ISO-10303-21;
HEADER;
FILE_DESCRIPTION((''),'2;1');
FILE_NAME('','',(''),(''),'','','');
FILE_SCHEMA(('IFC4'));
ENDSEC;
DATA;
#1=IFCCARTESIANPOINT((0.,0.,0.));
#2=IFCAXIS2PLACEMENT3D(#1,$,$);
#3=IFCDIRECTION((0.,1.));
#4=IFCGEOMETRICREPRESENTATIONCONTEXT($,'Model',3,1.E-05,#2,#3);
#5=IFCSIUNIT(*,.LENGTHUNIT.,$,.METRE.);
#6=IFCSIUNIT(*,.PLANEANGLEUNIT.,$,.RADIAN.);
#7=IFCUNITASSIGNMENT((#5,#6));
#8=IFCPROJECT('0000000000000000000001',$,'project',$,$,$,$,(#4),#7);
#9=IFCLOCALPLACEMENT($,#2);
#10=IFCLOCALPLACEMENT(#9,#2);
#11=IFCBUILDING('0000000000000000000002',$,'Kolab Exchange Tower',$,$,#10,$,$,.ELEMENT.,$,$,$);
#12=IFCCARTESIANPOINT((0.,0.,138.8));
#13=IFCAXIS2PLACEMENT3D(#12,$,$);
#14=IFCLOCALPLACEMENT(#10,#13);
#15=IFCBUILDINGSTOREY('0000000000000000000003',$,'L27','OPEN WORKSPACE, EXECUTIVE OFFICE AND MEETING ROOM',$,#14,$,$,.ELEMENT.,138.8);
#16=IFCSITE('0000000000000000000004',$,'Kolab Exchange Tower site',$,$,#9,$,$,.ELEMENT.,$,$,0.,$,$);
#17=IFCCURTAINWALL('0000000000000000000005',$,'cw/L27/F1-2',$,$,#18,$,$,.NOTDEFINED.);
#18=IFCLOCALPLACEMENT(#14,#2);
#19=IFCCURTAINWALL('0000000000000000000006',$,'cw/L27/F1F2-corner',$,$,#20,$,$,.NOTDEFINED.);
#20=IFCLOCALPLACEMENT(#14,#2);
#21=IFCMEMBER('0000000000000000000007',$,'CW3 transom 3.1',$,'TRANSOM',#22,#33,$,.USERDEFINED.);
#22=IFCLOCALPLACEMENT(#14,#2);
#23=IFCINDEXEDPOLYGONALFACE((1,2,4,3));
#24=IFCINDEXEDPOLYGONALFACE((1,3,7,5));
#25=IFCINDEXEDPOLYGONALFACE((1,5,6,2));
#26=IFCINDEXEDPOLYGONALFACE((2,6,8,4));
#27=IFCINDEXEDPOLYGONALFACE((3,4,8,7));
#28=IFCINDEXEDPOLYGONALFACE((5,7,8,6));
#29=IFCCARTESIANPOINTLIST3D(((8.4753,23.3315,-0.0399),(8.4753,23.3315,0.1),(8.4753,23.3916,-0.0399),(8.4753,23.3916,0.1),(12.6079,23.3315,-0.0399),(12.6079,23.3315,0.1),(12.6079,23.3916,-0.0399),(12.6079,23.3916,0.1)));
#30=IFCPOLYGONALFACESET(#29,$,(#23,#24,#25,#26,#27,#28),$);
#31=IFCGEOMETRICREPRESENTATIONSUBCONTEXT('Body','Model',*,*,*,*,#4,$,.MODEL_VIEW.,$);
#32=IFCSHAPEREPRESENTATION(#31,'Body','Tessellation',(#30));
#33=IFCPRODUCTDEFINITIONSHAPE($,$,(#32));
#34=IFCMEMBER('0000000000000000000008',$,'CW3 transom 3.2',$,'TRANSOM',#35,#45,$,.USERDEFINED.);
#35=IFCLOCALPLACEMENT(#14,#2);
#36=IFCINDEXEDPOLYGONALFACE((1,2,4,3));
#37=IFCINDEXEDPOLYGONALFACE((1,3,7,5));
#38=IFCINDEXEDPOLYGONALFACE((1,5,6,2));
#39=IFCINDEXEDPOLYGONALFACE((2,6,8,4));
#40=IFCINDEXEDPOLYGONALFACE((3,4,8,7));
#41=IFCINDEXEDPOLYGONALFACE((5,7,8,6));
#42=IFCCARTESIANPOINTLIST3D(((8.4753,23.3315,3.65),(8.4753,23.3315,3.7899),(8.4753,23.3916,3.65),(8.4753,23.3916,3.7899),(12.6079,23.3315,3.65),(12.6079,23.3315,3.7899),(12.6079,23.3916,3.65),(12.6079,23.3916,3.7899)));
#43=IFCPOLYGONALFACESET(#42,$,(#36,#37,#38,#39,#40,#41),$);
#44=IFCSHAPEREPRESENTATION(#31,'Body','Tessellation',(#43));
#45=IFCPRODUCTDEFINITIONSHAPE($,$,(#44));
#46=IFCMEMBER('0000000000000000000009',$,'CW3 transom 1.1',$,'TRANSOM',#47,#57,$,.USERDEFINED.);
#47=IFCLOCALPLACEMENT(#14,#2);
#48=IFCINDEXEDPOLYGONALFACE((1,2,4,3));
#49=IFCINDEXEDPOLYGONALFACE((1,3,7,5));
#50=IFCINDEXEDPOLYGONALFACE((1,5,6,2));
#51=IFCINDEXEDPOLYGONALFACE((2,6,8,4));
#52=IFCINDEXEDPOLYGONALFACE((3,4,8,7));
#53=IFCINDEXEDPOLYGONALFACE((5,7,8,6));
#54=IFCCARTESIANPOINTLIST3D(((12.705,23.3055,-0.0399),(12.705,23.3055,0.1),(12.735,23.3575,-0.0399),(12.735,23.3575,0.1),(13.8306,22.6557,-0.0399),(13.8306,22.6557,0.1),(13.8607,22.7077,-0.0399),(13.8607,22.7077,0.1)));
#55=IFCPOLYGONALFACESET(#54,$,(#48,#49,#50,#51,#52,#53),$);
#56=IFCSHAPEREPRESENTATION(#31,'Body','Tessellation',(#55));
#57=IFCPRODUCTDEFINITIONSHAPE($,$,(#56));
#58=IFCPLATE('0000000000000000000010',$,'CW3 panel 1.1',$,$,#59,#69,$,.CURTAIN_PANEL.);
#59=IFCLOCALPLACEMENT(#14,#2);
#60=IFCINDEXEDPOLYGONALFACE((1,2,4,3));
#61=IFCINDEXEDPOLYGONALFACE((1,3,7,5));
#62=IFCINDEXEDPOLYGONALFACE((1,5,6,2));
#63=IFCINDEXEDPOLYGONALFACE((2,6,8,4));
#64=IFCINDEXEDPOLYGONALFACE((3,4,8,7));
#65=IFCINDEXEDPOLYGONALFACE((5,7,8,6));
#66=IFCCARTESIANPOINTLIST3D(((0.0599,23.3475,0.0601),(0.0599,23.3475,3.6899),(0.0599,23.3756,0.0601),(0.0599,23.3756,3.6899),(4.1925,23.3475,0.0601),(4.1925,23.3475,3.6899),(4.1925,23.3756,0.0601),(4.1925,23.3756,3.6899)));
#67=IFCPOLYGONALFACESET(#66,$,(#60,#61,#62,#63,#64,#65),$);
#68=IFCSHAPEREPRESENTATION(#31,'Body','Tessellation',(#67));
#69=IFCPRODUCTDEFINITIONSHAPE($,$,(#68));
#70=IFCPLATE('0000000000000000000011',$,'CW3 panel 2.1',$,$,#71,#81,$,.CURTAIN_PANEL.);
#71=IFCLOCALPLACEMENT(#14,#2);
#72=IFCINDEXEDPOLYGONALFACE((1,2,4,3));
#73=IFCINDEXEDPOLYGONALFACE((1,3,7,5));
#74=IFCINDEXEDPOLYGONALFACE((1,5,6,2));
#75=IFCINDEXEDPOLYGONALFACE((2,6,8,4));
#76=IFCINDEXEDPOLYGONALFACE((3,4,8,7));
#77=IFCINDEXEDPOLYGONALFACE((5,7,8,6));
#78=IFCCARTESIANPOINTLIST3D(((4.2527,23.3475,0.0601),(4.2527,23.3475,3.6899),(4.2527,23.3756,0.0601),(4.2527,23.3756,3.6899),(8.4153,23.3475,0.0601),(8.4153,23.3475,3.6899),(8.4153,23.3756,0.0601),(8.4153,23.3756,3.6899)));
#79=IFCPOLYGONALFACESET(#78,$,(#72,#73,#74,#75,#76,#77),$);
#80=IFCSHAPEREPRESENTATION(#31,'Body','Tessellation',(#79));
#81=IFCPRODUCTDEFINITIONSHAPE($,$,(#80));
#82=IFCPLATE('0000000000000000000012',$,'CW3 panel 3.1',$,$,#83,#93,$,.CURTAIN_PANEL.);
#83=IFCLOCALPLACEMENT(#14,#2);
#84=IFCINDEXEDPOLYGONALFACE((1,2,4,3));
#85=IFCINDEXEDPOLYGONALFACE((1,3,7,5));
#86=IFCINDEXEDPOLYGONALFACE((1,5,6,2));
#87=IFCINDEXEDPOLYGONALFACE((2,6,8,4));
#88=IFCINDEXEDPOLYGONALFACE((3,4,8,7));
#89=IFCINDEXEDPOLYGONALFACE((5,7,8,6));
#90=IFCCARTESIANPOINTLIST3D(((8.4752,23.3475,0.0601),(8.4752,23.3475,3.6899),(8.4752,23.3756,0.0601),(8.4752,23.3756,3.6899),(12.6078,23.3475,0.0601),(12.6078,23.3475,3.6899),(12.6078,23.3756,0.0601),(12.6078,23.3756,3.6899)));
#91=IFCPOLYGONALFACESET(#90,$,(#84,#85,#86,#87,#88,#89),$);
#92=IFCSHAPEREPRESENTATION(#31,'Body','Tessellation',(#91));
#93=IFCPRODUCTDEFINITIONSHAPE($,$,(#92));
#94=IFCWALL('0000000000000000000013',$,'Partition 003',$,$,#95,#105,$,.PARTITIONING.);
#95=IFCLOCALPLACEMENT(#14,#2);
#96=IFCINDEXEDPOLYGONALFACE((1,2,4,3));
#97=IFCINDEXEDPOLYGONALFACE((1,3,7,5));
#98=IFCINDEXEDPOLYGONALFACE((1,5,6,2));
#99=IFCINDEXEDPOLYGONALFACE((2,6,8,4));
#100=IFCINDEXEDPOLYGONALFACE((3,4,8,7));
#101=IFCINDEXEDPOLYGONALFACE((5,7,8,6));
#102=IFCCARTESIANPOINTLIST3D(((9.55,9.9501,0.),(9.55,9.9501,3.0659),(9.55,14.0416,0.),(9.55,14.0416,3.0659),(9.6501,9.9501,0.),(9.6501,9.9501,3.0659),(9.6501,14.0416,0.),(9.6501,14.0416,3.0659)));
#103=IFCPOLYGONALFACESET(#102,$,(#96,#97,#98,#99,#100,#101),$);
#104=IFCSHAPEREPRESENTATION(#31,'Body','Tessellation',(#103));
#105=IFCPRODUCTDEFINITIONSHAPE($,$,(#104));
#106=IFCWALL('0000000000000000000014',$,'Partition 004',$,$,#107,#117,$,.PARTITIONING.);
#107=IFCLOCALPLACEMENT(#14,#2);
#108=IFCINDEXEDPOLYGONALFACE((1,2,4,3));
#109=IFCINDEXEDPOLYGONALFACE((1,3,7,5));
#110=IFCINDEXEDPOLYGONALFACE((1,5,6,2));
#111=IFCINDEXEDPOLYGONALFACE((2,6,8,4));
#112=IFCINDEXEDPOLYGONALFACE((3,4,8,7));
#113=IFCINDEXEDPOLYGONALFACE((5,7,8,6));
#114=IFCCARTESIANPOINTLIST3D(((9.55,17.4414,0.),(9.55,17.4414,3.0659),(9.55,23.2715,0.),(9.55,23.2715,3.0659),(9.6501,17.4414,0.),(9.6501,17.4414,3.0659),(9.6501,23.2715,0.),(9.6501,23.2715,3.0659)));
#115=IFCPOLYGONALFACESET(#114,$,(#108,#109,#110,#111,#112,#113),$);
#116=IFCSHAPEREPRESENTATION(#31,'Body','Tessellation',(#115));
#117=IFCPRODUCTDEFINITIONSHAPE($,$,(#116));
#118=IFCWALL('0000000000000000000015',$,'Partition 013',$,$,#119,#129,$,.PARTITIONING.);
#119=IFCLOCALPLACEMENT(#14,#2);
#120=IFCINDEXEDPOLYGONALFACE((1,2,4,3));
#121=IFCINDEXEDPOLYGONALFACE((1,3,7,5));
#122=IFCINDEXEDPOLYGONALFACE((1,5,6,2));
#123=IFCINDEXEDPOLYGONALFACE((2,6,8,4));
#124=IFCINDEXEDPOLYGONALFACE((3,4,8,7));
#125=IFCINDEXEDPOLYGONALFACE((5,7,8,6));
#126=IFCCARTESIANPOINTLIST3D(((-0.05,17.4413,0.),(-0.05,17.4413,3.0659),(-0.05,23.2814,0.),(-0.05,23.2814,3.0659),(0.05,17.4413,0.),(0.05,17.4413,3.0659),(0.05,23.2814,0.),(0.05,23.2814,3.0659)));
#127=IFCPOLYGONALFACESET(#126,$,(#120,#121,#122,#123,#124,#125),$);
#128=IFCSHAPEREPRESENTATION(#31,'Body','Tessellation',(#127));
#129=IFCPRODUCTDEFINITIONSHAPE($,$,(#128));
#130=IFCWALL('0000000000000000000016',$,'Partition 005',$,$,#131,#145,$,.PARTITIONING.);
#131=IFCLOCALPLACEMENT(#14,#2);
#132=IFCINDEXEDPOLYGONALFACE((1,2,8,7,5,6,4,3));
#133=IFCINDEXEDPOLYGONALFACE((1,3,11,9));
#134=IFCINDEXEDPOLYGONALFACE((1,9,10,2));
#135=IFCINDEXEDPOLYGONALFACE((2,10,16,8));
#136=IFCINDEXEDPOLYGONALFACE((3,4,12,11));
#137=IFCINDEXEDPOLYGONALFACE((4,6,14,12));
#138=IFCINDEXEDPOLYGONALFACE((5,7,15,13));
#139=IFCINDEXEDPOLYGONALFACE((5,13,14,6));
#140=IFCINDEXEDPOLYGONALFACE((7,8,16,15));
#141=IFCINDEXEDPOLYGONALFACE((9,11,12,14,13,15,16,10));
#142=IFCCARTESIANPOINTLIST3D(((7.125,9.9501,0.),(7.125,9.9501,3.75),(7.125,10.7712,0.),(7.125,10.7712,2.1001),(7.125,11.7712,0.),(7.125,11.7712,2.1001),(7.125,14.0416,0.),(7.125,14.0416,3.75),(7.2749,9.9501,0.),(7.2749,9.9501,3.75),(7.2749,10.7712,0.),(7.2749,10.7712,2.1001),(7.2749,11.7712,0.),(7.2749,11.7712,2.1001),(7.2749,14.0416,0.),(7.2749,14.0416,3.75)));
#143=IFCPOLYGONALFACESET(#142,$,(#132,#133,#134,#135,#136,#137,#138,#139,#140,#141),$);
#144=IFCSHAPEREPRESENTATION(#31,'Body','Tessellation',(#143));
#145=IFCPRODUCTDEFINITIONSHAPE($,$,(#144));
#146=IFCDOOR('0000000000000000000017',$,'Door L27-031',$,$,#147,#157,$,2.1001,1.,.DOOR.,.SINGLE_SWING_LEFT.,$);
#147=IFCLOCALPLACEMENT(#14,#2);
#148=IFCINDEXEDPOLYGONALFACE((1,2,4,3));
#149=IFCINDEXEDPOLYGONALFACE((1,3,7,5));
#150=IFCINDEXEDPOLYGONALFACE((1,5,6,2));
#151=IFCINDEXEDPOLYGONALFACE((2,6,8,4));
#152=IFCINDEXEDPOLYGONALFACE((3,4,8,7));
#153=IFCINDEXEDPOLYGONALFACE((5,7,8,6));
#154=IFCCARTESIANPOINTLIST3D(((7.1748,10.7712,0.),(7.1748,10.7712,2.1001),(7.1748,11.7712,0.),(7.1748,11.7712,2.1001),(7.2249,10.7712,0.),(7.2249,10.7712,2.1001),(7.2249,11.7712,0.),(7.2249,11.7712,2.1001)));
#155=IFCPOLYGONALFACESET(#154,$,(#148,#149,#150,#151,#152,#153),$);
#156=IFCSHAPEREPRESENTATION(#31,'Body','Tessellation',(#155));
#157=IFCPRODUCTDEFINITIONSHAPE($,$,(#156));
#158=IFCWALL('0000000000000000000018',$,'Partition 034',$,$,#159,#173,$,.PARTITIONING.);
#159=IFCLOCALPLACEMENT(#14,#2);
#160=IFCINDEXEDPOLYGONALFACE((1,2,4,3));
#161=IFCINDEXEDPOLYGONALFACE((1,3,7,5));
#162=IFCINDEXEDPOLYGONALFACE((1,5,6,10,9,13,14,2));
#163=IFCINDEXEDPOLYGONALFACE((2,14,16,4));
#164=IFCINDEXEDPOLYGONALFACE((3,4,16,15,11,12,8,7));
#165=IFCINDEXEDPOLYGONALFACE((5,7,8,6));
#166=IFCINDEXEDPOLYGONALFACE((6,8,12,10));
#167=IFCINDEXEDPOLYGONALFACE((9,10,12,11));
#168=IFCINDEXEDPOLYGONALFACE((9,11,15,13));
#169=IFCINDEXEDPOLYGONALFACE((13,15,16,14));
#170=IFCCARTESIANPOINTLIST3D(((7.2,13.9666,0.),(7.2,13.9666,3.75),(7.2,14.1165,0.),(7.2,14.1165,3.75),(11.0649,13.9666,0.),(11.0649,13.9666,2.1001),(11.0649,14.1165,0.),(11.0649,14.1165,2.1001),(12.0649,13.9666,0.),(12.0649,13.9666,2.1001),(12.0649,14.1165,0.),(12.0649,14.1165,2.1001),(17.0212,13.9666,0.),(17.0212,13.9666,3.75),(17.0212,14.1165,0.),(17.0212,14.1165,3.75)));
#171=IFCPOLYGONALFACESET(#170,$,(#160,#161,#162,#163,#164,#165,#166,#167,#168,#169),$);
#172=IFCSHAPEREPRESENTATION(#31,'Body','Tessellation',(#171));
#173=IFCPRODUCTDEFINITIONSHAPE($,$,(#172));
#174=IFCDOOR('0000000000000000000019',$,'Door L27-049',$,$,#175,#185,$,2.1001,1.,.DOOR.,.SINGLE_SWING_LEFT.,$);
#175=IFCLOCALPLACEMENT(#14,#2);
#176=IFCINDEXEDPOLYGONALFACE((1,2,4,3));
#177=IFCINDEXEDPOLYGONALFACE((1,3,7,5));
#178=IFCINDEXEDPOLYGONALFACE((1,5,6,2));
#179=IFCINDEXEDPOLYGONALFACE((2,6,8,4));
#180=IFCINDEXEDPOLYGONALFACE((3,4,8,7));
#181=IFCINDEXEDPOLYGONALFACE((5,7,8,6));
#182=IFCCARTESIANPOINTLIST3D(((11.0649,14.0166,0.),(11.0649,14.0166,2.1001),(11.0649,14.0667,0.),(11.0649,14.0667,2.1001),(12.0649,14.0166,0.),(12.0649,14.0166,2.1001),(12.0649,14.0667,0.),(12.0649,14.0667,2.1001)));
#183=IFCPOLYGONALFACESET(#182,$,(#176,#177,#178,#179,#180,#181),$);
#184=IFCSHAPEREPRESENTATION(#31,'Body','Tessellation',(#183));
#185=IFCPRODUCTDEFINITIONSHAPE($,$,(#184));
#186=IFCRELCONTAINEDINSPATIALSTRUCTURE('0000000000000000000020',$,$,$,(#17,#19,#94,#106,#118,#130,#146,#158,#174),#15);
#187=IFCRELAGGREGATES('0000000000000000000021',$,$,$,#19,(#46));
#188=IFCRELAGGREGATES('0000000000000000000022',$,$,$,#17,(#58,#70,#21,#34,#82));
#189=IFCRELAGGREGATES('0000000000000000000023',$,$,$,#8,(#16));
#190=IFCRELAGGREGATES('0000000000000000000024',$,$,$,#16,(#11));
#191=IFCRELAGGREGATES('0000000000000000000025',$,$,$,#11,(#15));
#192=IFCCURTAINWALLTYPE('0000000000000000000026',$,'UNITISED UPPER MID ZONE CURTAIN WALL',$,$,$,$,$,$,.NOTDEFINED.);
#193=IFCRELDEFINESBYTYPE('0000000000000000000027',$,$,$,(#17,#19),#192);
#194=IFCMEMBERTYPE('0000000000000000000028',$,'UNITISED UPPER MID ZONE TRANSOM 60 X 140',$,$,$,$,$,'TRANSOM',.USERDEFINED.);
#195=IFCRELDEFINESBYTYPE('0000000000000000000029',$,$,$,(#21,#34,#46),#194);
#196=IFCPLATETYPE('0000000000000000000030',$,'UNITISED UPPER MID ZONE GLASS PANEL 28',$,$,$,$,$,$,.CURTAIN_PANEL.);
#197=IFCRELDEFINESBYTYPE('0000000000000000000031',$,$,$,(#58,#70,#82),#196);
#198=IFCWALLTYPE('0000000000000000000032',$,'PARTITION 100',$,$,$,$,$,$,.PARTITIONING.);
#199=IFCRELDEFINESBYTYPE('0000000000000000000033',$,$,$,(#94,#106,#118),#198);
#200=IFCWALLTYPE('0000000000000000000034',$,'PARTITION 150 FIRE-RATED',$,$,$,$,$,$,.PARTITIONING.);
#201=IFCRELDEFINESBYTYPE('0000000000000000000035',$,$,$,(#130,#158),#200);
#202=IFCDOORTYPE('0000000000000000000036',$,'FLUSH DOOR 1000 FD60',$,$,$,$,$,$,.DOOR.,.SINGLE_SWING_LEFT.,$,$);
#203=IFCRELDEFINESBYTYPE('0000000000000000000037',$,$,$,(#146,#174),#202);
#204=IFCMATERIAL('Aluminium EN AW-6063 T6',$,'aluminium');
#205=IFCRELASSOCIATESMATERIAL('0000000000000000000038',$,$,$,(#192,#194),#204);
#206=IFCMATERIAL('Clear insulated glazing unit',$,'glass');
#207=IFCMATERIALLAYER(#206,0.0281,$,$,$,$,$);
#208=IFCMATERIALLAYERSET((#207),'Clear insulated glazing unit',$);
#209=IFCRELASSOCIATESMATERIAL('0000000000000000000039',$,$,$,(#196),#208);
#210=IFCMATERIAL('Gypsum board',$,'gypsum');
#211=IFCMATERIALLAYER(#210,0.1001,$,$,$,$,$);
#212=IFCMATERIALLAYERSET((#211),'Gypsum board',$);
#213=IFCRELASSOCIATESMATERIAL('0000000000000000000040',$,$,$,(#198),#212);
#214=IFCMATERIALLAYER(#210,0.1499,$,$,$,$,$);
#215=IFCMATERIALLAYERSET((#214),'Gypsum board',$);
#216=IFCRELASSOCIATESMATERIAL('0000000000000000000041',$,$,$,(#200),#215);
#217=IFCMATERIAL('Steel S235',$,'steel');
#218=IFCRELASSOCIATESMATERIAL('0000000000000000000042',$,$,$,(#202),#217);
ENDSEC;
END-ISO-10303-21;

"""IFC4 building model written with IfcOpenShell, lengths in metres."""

from ifc_helpers import new_model, si_unit, direction, frame, frame_2d, origin, origin_2d, place, context, subcontext, project, spatial, rectangle, extrude, material, layer, layer_set, material_profile, profile_set, type_object, element, fill, aggregate, save


model = new_model("IFC4")

# Units and contexts
model_context = context("Model", 3, precision=1e-05, world=origin(), true_north=direction((0.0, 1.0)))
body_context = subcontext(model_context, "Body", "Model", "MODEL_VIEW")
ifc_project = project(units=[si_unit("LENGTHUNIT", "METRE"), si_unit("PLANEANGLEUNIT", "RADIAN")], contexts=[model_context])

# Site, building, storey
site_placement = place(None, origin())
site = spatial("IfcSite", under=ifc_project, at=site_placement, Name="Kolab Exchange Tower site", CompositionType="ELEMENT", RefElevation=0.0)
building_placement = place(site_placement, origin())
building = spatial("IfcBuilding", under=site, at=building_placement, Name="Kolab Exchange Tower", CompositionType="ELEMENT")
storey_placement = place(building_placement, frame((0.0, 0.0, 138.8)))
storey = spatial("IfcBuildingStorey", under=building, at=storey_placement, Name="L27", Description="OPEN WORKSPACE, EXECUTIVE OFFICE AND MEETING ROOM", CompositionType="ELEMENT", Elevation=138.8)

# Curtain wall
ifc_material_1 = material(Name="Aluminium EN AW-6063 T6", Category="aluminium")
curtain_wall_type = type_object("IfcCurtainWallType", Name="UNITISED UPPER MID ZONE CURTAIN WALL", PredefinedType="NOTDEFINED", material=ifc_material_1)
curtain_wall_1_placement = place(storey_placement, origin())
curtain_wall_1 = element("IfcCurtainWall", 1, at=curtain_wall_1_placement, inside=storey, type_object=curtain_wall_type, Name="cw/L27/F1-2", PredefinedType="NOTDEFINED")

# Curtain wall
curtain_wall_2_placement = place(storey_placement, origin())
curtain_wall_2 = element("IfcCurtainWall", 2, at=curtain_wall_2_placement, inside=storey, type_object=curtain_wall_type, Name="cw/L27/F1F2-corner", PredefinedType="NOTDEFINED")

# Members
ifc_material_profile_1 = material_profile(ifc_material_1, rectangle(XDim=0.0601, YDim=0.1399, at=origin_2d()), Name="RECT 60X140")
ifc_profile_set_1 = profile_set([ifc_material_profile_1], Name="Aluminium EN AW-6063 T6")
member_type_1 = type_object("IfcMemberType", Name="UNITISED UPPER MID ZONE TRANSOM 60 X 140", ElementType="TRANSOM", PredefinedType="USERDEFINED", material=ifc_profile_set_1)
member_1_placement = place(storey_placement, frame((8.4753, 23.3616, 0.03), z_axis=(1.0, 0.0, 0.0), x_axis=(0.0, 1.0, 0.0)))
member_1 = element("IfcMember", 3, at=member_1_placement, type_object=member_type_1, Name="CW3 transom 3.1", ObjectType="TRANSOM", PredefinedType="USERDEFINED", context=body_context, shape_type="SweptSolid", body=[
    extrude(rectangle(XDim=0.0601, YDim=0.1399, at=origin_2d()), origin(), (0.0, 0.0, 1.0), 4.1326),
])
member_2_placement = place(storey_placement, frame((8.4753, 23.3616, 3.72), z_axis=(1.0, 0.0, 0.0), x_axis=(0.0, 1.0, 0.0)))
member_2 = element("IfcMember", 4, at=member_2_placement, type_object=member_type_1, Name="CW3 transom 3.2", ObjectType="TRANSOM", PredefinedType="USERDEFINED", context=body_context, shape_type="SweptSolid", body=[
    extrude(rectangle(XDim=0.0601, YDim=0.1399, at=origin_2d()), origin(), (0.0, 0.0, 1.0), 4.1326),
])
member_3_placement = place(storey_placement, frame((12.72, 23.3315, 0.03), z_axis=(0.866039, -0.499977, 0.0), x_axis=(0.499977, 0.866039, 0.0)))
member_3 = element("IfcMember", 5, at=member_3_placement, type_object=member_type_1, Name="CW3 transom 1.1", ObjectType="TRANSOM", PredefinedType="USERDEFINED", context=body_context, shape_type="SweptSolid", body=[
    extrude(rectangle(XDim=0.0601, YDim=0.1399, at=origin_2d()), origin(), (0.0, 0.0, 1.0), 1.2998),
])
aggregate(curtain_wall_2, [member_3])

# Plates
ifc_material_2 = material(Name="Clear insulated glazing unit", Category="glass")
ifc_layer_1 = layer(ifc_material_2, 0.0281)
ifc_layer_set_1 = layer_set([ifc_layer_1], Name="Clear insulated glazing unit")
plate_type = type_object("IfcPlateType", Name="UNITISED UPPER MID ZONE GLASS PANEL 28", PredefinedType="CURTAIN_PANEL", material=ifc_layer_set_1)
plate_1_placement = place(storey_placement, frame((2.1262, 23.3616, 0.0601), z_axis=(0.0, 0.0, 1.0), x_axis=(1.0, 0.0, 0.0)))
plate_1 = element("IfcPlate", 6, at=plate_1_placement, type_object=plate_type, Name="CW3 panel 1.1", PredefinedType="CURTAIN_PANEL", context=body_context, shape_type="SweptSolid", body=[
    extrude(rectangle(XDim=4.1326, YDim=0.0281, at=origin_2d()), origin(), (0.0, 0.0, 1.0), 3.6299),
])
plate_2_placement = place(storey_placement, frame((6.334, 23.3616, 0.0601), z_axis=(0.0, 0.0, 1.0), x_axis=(1.0, 0.0, 0.0)))
plate_2 = element("IfcPlate", 7, at=plate_2_placement, type_object=plate_type, Name="CW3 panel 2.1", PredefinedType="CURTAIN_PANEL", context=body_context, shape_type="SweptSolid", body=[
    extrude(rectangle(XDim=4.1626, YDim=0.0281, at=origin_2d()), origin(), (0.0, 0.0, 1.0), 3.6299),
])
plate_3_placement = place(storey_placement, frame((10.5415, 23.3616, 0.0601), z_axis=(0.0, 0.0, 1.0), x_axis=(1.0, 0.0, 0.0)))
plate_3 = element("IfcPlate", 8, at=plate_3_placement, type_object=plate_type, Name="CW3 panel 3.1", PredefinedType="CURTAIN_PANEL", context=body_context, shape_type="SweptSolid", body=[
    extrude(rectangle(XDim=4.1326, YDim=0.0281, at=origin_2d()), origin(), (0.0, 0.0, 1.0), 3.6299),
])
aggregate(curtain_wall_1, [plate_1, plate_2, member_1, member_2, plate_3])

# Walls
ifc_material_3 = material(Name="Gypsum board", Category="gypsum")
ifc_layer_2 = layer(ifc_material_3, 0.1001)
ifc_layer_set_2 = layer_set([ifc_layer_2], Name="Gypsum board")
wall_type_1 = type_object("IfcWallType", Name="PARTITION 100", PredefinedType="PARTITIONING", material=ifc_layer_set_2)
wall_1_placement = place(storey_placement, frame((9.6001, 9.95, 0.0), z_axis=(0.0, 0.0, 1.0), x_axis=(0.0, 1.0, 0.0)))
element("IfcWall", 9, at=wall_1_placement, inside=storey, type_object=wall_type_1, Name="Partition 003", PredefinedType="PARTITIONING", context=body_context, shape_type="SweptSolid", body=[
    extrude(rectangle(XDim=4.0916, YDim=0.1001, at=frame_2d((2.0459, 0.0))), origin(), (0.0, 0.0, 1.0), 3.0659),
])
wall_2_placement = place(storey_placement, frame((9.6001, 17.4414, 0.0), z_axis=(0.0, 0.0, 1.0), x_axis=(0.0, 1.0, 0.0)))
element("IfcWall", 10, at=wall_2_placement, inside=storey, type_object=wall_type_1, Name="Partition 004", PredefinedType="PARTITIONING", context=body_context, shape_type="SweptSolid", body=[
    extrude(rectangle(XDim=5.8301, YDim=0.1001, at=frame_2d((2.915, 0.0))), origin(), (0.0, 0.0, 1.0), 3.0659),
])
wall_3_placement = place(storey_placement, frame((0.0, 17.4414, 0.0), z_axis=(0.0, 0.0, 1.0), x_axis=(0.0, 1.0, 0.0)))
element("IfcWall", 11, at=wall_3_placement, inside=storey, type_object=wall_type_1, Name="Partition 013", PredefinedType="PARTITIONING", context=body_context, shape_type="SweptSolid", body=[
    extrude(rectangle(XDim=5.8401, YDim=0.1001, at=frame_2d((2.9199, 0.0))), origin(), (0.0, 0.0, 1.0), 3.0659),
])

# Walls, openings, doors
ifc_layer_3 = layer(ifc_material_3, 0.1499)
ifc_layer_set_3 = layer_set([ifc_layer_3], Name="Gypsum board")
wall_type_2 = type_object("IfcWallType", Name="PARTITION 150 FIRE-RATED", PredefinedType="PARTITIONING", material=ifc_layer_set_3)
wall_4_placement = place(storey_placement, frame((7.2, 9.95, 0.0), z_axis=(0.0, 0.0, 1.0), x_axis=(0.0, 1.0, 0.0)))
wall_4 = element("IfcWall", 12, at=wall_4_placement, inside=storey, type_object=wall_type_2, Name="Partition 005", PredefinedType="PARTITIONING", context=body_context, shape_type="SweptSolid", body=[
    extrude(rectangle(XDim=4.0916, YDim=0.1499, at=frame_2d((2.0459, 0.0))), origin(), (0.0, 0.0, 1.0), 3.75),
])
opening_1_placement = place(wall_4_placement, frame((0.8213, 0.0, 0.0)))
opening_1 = element("IfcOpeningElement", 13, at=opening_1_placement, cuts=wall_4, PredefinedType="OPENING", context=body_context, shape_type="SweptSolid", body=[
    extrude(rectangle(XDim=1.0, YDim=2.1001, at=frame_2d((0.5, 1.05))), frame((0.0, 0.085, 0.0), z_axis=(0.0, -1.0, 0.0), x_axis=(1.0, 0.0, 0.0)), (0.0, 0.0, 1.0), 0.1699),
])
ifc_material_4 = material(Name="Steel S235", Category="steel")
door_type = type_object("IfcDoorType", Name="FLUSH DOOR 1000 FD60", OperationType="SINGLE_SWING_LEFT", PredefinedType="DOOR", material=ifc_material_4)
door_1_placement = place(opening_1_placement, frame((1.0, 0.0, 0.0), z_axis=(0.0, 0.0, 1.0), x_axis=(-1.0, 0.0, 0.0)))
door_1 = element("IfcDoor", 14, at=door_1_placement, inside=storey, type_object=door_type, Name="Door L27-031", OperationType="SINGLE_SWING_LEFT", OverallHeight=2.1001, OverallWidth=1.0, PredefinedType="DOOR", context=body_context, shape_type="SweptSolid", body=[
    extrude(rectangle(XDim=1.0, YDim=2.1001, at=frame_2d((0.5, 1.05))), frame((0.0, 0.0249, 0.0), z_axis=(0.0, -1.0, 0.0), x_axis=(1.0, 0.0, 0.0)), (0.0, 0.0, 1.0), 0.05),
])
fill(opening_1, door_1)
wall_5_placement = place(storey_placement, frame((7.2, 14.0415, 0.0), z_axis=(0.0, 0.0, 1.0), x_axis=(1.0, 0.0, 0.0)))
wall_5 = element("IfcWall", 15, at=wall_5_placement, inside=storey, type_object=wall_type_2, Name="Partition 034", PredefinedType="PARTITIONING", context=body_context, shape_type="SweptSolid", body=[
    extrude(rectangle(XDim=9.8213, YDim=0.1499, at=frame_2d((4.9106, 0.0))), origin(), (0.0, 0.0, 1.0), 3.75),
])
opening_2_placement = place(wall_5_placement, frame((3.865, 0.0, 0.0)))
opening_2 = element("IfcOpeningElement", 16, at=opening_2_placement, cuts=wall_5, PredefinedType="OPENING", context=body_context, shape_type="SweptSolid", body=[
    extrude(rectangle(XDim=1.0, YDim=2.1001, at=frame_2d((0.5, 1.05))), frame((0.0, 0.085, 0.0), z_axis=(0.0, -1.0, 0.0), x_axis=(1.0, 0.0, 0.0)), (0.0, 0.0, 1.0), 0.1699),
])
door_2_placement = place(opening_2_placement, frame((1.0, 0.0, 0.0), z_axis=(0.0, 0.0, 1.0), x_axis=(-1.0, 0.0, 0.0)))
door_2 = element("IfcDoor", 17, at=door_2_placement, inside=storey, type_object=door_type, Name="Door L27-049", OperationType="SINGLE_SWING_LEFT", OverallHeight=2.1001, OverallWidth=1.0, PredefinedType="DOOR", context=body_context, shape_type="SweptSolid", body=[
    extrude(rectangle(XDim=1.0, YDim=2.1001, at=frame_2d((0.5, 1.05))), frame((0.0, 0.0249, 0.0), z_axis=(0.0, -1.0, 0.0), x_axis=(1.0, 0.0, 0.0)), (0.0, 0.0, 1.0), 0.05),
])
fill(opening_2, door_2)

save(model, "model.ifc")
